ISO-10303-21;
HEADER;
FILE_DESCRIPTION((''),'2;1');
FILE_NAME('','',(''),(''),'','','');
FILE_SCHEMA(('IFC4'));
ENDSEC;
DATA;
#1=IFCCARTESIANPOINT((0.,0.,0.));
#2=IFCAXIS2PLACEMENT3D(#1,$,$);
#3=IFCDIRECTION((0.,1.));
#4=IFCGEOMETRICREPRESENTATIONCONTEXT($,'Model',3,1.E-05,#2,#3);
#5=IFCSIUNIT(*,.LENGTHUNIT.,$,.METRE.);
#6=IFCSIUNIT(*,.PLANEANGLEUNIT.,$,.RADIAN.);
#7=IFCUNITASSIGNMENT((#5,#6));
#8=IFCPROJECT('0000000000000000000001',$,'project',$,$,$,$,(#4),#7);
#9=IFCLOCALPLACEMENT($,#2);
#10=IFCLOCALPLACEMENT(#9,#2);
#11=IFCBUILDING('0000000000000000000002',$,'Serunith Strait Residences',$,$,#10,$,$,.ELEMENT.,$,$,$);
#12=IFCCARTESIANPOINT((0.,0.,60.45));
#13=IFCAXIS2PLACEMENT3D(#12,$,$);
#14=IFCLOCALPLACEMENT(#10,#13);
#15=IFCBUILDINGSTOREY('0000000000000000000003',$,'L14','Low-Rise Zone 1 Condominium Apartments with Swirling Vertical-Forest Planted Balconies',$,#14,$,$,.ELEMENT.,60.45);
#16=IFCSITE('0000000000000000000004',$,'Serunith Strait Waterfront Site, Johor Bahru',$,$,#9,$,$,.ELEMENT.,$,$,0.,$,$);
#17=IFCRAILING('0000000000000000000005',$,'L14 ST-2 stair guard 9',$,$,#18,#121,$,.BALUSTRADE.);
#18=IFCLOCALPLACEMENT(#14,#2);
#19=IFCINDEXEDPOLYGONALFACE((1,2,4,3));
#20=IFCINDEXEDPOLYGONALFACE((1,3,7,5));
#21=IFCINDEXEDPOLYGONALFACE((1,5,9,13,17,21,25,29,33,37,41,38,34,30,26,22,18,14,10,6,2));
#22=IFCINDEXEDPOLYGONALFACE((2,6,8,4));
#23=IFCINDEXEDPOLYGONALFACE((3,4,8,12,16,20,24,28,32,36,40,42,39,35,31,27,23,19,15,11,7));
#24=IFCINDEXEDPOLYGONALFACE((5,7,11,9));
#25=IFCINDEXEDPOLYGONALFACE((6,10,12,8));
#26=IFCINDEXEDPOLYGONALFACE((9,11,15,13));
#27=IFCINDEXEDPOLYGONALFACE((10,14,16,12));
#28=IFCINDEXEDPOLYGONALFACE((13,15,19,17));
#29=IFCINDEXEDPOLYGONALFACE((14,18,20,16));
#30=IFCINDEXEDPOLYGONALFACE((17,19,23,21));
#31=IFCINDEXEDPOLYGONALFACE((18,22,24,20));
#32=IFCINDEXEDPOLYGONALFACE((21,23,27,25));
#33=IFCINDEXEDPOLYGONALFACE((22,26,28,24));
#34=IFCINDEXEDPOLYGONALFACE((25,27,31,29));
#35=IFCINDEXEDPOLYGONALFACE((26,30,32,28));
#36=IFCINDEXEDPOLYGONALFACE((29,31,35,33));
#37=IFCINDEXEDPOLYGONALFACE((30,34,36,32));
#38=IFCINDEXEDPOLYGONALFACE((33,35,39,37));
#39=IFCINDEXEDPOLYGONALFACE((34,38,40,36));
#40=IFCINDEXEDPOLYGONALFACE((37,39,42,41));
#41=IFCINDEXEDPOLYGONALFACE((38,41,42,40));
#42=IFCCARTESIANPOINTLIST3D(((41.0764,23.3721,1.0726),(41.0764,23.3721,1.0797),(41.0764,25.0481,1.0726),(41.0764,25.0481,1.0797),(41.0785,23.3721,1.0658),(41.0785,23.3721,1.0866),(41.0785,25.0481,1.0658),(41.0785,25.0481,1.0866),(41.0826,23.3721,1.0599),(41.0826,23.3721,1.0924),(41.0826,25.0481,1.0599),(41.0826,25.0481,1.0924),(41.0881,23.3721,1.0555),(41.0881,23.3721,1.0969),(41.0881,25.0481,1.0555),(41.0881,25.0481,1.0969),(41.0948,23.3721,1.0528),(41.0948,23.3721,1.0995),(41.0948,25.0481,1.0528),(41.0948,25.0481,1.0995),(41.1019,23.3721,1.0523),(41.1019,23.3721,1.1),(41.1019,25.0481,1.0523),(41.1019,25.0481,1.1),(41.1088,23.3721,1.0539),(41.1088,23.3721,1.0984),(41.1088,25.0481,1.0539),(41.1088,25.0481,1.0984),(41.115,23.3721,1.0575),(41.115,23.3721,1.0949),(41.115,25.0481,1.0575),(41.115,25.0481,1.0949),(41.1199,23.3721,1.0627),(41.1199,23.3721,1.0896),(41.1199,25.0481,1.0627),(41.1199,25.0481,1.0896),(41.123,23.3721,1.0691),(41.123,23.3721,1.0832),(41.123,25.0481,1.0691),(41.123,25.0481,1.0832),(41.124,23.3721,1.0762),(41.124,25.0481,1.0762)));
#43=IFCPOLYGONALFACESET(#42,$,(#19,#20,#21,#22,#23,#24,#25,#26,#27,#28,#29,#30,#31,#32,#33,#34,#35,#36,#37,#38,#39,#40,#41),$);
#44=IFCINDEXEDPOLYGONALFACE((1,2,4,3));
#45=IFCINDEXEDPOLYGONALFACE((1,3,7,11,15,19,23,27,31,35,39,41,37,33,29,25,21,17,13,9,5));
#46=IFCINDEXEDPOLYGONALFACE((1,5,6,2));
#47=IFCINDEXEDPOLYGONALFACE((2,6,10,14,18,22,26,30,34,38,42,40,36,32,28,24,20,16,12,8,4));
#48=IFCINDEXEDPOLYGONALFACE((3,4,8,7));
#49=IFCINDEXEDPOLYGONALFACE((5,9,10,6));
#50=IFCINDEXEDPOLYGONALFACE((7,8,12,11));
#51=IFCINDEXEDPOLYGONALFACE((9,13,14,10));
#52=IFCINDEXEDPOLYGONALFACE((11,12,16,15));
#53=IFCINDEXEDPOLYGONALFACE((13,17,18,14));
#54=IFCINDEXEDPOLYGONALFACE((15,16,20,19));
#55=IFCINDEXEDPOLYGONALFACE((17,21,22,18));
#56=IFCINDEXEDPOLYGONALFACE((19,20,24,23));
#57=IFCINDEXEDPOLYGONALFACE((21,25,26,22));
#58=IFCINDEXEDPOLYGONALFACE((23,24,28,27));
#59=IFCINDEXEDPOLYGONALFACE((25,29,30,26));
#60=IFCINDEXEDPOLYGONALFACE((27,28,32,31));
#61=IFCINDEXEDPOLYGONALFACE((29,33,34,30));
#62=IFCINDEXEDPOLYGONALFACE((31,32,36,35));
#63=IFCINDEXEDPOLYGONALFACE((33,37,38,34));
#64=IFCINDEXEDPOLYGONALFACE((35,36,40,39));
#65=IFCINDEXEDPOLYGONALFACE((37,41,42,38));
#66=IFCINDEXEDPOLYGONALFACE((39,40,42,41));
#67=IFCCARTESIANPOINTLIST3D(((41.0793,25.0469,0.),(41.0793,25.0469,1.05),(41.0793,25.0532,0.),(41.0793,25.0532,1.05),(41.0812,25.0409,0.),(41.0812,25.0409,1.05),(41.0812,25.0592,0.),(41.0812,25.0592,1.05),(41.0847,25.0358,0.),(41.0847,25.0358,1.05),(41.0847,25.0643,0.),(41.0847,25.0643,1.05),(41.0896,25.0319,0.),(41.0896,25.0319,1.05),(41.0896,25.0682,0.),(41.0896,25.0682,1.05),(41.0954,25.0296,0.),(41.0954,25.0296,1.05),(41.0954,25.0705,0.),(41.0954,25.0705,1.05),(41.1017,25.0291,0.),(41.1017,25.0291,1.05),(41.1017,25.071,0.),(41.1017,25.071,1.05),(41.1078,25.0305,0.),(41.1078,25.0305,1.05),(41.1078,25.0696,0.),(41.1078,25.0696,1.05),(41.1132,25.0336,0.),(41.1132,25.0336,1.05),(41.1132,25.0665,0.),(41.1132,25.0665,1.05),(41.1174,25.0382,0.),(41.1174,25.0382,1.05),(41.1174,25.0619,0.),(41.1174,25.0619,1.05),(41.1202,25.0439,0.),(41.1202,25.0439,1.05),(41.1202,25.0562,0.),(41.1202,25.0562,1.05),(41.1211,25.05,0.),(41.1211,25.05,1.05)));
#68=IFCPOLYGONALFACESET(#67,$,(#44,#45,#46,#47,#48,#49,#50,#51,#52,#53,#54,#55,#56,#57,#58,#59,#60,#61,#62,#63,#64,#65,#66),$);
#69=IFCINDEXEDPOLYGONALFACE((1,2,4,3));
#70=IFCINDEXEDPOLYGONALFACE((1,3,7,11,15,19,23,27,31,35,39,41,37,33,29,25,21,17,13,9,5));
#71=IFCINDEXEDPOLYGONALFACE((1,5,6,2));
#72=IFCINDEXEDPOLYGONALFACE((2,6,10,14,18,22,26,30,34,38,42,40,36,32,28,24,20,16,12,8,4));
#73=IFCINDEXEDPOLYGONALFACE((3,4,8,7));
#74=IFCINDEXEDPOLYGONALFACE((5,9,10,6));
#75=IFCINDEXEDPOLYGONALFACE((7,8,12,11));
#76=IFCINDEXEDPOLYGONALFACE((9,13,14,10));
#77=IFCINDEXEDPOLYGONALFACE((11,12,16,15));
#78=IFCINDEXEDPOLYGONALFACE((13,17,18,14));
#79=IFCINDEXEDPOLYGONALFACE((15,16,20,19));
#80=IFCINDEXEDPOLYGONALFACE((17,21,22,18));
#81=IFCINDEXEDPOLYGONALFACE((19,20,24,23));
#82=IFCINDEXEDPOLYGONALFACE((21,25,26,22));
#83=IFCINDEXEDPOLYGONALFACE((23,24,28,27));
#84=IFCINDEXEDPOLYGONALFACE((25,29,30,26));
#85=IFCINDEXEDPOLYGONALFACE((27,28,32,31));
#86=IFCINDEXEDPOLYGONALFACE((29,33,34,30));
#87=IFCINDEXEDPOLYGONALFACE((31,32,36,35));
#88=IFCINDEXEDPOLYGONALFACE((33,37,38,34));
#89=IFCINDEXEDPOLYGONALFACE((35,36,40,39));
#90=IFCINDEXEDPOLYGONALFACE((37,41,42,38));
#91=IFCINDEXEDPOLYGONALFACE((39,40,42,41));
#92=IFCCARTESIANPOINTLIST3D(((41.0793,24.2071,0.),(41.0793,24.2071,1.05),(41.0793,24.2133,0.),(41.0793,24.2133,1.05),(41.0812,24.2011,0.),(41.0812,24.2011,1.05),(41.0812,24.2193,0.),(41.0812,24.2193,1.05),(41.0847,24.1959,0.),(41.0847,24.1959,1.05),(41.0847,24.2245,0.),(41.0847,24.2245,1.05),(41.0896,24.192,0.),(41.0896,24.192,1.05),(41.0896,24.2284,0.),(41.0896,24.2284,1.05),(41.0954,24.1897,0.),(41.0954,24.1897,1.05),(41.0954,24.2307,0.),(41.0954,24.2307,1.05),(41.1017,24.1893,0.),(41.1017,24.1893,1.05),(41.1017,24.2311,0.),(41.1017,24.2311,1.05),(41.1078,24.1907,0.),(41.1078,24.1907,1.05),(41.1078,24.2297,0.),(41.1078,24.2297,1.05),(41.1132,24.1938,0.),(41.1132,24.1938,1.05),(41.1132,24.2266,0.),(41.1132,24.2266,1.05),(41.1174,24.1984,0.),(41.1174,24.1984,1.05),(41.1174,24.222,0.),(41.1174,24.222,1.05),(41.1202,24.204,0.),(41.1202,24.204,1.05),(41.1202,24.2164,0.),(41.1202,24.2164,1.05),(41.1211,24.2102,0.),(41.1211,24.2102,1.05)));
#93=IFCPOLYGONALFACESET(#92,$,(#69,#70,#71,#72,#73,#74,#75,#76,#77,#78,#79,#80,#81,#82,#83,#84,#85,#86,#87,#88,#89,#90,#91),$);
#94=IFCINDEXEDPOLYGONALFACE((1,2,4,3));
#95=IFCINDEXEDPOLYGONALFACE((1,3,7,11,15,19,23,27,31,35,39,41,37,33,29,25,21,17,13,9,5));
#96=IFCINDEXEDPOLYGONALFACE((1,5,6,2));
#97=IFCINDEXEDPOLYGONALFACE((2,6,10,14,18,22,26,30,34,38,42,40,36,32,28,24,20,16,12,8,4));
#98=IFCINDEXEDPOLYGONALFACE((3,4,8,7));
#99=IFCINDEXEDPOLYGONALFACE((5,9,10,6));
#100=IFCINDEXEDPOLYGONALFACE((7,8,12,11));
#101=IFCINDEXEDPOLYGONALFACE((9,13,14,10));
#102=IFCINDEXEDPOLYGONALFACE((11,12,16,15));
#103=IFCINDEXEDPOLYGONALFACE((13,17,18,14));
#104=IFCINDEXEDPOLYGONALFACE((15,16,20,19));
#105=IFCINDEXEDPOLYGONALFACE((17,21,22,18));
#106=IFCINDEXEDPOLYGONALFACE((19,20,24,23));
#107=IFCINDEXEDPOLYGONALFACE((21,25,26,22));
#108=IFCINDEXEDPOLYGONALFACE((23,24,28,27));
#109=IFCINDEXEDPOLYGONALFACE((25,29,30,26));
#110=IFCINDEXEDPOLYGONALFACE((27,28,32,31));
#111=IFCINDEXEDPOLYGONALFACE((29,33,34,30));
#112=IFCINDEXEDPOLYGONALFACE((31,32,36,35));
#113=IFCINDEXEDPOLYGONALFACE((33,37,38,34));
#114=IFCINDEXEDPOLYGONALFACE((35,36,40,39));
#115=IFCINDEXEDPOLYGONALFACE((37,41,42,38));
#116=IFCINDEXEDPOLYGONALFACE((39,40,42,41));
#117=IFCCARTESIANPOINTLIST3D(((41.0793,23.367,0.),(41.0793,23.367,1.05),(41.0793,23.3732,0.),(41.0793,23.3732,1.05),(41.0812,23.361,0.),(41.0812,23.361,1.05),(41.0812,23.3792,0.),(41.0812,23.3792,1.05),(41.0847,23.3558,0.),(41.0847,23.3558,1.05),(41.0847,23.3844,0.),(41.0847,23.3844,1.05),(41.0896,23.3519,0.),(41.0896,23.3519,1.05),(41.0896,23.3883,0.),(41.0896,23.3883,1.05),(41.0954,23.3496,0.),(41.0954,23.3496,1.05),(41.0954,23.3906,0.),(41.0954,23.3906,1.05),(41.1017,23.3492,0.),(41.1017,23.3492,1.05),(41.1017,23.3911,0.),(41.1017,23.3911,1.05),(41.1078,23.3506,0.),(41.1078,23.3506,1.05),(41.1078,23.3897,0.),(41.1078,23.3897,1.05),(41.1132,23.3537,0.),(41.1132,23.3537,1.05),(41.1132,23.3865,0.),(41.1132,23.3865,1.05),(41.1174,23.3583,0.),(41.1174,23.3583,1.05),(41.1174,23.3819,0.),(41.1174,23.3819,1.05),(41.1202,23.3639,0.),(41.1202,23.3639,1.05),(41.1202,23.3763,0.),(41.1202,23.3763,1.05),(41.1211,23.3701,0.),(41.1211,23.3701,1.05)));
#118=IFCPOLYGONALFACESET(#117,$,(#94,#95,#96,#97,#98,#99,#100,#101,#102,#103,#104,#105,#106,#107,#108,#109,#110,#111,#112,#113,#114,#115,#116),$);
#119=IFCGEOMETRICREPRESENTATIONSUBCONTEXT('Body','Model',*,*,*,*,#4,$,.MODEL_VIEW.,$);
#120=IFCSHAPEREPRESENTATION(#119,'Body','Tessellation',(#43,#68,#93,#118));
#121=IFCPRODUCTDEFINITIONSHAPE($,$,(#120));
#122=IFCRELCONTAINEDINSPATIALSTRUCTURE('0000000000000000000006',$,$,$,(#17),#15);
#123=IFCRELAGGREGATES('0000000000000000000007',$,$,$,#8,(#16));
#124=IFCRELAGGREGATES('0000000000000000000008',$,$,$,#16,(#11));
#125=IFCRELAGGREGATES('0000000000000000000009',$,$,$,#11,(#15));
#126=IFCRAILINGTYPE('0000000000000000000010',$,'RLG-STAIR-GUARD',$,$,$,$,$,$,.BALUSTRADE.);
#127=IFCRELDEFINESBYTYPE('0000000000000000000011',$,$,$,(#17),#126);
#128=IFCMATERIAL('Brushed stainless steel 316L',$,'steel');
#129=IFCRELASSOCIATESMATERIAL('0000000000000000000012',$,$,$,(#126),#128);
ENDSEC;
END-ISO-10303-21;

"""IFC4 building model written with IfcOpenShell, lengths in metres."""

from ifc_helpers import new_model, si_unit, direction, frame, origin, origin_2d, place, context, subcontext, project, spatial, circle, extrude, material, type_object, element, save


model = new_model("IFC4")

# Units and contexts
model_context = context("Model", 3, precision=1e-05, world=origin(), true_north=direction((0.0, 1.0)))
body_context = subcontext(model_context, "Body", "Model", "MODEL_VIEW")
ifc_project = project(units=[si_unit("LENGTHUNIT", "METRE"), si_unit("PLANEANGLEUNIT", "RADIAN")], contexts=[model_context])

# Site, building, storey
site_placement = place(None, origin())
site = spatial("IfcSite", under=ifc_project, at=site_placement, Name="Serunith Strait Waterfront Site, Johor Bahru", CompositionType="ELEMENT", RefElevation=0.0)
building_placement = place(site_placement, origin())
building = spatial("IfcBuilding", under=site, at=building_placement, Name="Serunith Strait Residences", CompositionType="ELEMENT")
storey_placement = place(building_placement, frame((0.0, 0.0, 60.45)))
storey = spatial("IfcBuildingStorey", under=building, at=storey_placement, Name="L14", Description="Low-Rise Zone 1 Condominium Apartments with Swirling Vertical-Forest Planted Balconies", CompositionType="ELEMENT", Elevation=60.45)

# Railing
ifc_material_1 = material(Name="Brushed stainless steel 316L", Category="steel")
railing_type = type_object("IfcRailingType", Name="RLG-STAIR-GUARD", PredefinedType="BALUSTRADE", material=ifc_material_1)
for number, where, name in (
    (1, (41.1001, 25.05, 0.0), "L14 ST-2 stair guard 9"),
):
    element("IfcRailing", number, at=place(storey_placement, frame(where)), inside=storey, type_object=railing_type, Name=name, PredefinedType="BALUSTRADE", context=body_context, shape_type="SweptSolid", body=[
        extrude(circle(Radius=0.0239, at=origin_2d()), frame((0.0, -0.002, 1.0762), z_axis=(0.0, -1.0, 0.0), x_axis=(1.0, 0.0, 0.0)), (0.0, 0.0, 1.0), 1.676),
        extrude(circle(Radius=0.021, at=origin_2d()), origin(), (0.0, 0.0, 1.0), 1.05),
        extrude(circle(Radius=0.021, at=origin_2d()), frame((0.0, -0.8398, 0.0)), (0.0, 0.0, 1.0), 1.05),
        extrude(circle(Radius=0.021, at=origin_2d()), frame((0.0, -1.6799, 0.0)), (0.0, 0.0, 1.0), 1.05),
    ])

save(model, "model.ifc")
